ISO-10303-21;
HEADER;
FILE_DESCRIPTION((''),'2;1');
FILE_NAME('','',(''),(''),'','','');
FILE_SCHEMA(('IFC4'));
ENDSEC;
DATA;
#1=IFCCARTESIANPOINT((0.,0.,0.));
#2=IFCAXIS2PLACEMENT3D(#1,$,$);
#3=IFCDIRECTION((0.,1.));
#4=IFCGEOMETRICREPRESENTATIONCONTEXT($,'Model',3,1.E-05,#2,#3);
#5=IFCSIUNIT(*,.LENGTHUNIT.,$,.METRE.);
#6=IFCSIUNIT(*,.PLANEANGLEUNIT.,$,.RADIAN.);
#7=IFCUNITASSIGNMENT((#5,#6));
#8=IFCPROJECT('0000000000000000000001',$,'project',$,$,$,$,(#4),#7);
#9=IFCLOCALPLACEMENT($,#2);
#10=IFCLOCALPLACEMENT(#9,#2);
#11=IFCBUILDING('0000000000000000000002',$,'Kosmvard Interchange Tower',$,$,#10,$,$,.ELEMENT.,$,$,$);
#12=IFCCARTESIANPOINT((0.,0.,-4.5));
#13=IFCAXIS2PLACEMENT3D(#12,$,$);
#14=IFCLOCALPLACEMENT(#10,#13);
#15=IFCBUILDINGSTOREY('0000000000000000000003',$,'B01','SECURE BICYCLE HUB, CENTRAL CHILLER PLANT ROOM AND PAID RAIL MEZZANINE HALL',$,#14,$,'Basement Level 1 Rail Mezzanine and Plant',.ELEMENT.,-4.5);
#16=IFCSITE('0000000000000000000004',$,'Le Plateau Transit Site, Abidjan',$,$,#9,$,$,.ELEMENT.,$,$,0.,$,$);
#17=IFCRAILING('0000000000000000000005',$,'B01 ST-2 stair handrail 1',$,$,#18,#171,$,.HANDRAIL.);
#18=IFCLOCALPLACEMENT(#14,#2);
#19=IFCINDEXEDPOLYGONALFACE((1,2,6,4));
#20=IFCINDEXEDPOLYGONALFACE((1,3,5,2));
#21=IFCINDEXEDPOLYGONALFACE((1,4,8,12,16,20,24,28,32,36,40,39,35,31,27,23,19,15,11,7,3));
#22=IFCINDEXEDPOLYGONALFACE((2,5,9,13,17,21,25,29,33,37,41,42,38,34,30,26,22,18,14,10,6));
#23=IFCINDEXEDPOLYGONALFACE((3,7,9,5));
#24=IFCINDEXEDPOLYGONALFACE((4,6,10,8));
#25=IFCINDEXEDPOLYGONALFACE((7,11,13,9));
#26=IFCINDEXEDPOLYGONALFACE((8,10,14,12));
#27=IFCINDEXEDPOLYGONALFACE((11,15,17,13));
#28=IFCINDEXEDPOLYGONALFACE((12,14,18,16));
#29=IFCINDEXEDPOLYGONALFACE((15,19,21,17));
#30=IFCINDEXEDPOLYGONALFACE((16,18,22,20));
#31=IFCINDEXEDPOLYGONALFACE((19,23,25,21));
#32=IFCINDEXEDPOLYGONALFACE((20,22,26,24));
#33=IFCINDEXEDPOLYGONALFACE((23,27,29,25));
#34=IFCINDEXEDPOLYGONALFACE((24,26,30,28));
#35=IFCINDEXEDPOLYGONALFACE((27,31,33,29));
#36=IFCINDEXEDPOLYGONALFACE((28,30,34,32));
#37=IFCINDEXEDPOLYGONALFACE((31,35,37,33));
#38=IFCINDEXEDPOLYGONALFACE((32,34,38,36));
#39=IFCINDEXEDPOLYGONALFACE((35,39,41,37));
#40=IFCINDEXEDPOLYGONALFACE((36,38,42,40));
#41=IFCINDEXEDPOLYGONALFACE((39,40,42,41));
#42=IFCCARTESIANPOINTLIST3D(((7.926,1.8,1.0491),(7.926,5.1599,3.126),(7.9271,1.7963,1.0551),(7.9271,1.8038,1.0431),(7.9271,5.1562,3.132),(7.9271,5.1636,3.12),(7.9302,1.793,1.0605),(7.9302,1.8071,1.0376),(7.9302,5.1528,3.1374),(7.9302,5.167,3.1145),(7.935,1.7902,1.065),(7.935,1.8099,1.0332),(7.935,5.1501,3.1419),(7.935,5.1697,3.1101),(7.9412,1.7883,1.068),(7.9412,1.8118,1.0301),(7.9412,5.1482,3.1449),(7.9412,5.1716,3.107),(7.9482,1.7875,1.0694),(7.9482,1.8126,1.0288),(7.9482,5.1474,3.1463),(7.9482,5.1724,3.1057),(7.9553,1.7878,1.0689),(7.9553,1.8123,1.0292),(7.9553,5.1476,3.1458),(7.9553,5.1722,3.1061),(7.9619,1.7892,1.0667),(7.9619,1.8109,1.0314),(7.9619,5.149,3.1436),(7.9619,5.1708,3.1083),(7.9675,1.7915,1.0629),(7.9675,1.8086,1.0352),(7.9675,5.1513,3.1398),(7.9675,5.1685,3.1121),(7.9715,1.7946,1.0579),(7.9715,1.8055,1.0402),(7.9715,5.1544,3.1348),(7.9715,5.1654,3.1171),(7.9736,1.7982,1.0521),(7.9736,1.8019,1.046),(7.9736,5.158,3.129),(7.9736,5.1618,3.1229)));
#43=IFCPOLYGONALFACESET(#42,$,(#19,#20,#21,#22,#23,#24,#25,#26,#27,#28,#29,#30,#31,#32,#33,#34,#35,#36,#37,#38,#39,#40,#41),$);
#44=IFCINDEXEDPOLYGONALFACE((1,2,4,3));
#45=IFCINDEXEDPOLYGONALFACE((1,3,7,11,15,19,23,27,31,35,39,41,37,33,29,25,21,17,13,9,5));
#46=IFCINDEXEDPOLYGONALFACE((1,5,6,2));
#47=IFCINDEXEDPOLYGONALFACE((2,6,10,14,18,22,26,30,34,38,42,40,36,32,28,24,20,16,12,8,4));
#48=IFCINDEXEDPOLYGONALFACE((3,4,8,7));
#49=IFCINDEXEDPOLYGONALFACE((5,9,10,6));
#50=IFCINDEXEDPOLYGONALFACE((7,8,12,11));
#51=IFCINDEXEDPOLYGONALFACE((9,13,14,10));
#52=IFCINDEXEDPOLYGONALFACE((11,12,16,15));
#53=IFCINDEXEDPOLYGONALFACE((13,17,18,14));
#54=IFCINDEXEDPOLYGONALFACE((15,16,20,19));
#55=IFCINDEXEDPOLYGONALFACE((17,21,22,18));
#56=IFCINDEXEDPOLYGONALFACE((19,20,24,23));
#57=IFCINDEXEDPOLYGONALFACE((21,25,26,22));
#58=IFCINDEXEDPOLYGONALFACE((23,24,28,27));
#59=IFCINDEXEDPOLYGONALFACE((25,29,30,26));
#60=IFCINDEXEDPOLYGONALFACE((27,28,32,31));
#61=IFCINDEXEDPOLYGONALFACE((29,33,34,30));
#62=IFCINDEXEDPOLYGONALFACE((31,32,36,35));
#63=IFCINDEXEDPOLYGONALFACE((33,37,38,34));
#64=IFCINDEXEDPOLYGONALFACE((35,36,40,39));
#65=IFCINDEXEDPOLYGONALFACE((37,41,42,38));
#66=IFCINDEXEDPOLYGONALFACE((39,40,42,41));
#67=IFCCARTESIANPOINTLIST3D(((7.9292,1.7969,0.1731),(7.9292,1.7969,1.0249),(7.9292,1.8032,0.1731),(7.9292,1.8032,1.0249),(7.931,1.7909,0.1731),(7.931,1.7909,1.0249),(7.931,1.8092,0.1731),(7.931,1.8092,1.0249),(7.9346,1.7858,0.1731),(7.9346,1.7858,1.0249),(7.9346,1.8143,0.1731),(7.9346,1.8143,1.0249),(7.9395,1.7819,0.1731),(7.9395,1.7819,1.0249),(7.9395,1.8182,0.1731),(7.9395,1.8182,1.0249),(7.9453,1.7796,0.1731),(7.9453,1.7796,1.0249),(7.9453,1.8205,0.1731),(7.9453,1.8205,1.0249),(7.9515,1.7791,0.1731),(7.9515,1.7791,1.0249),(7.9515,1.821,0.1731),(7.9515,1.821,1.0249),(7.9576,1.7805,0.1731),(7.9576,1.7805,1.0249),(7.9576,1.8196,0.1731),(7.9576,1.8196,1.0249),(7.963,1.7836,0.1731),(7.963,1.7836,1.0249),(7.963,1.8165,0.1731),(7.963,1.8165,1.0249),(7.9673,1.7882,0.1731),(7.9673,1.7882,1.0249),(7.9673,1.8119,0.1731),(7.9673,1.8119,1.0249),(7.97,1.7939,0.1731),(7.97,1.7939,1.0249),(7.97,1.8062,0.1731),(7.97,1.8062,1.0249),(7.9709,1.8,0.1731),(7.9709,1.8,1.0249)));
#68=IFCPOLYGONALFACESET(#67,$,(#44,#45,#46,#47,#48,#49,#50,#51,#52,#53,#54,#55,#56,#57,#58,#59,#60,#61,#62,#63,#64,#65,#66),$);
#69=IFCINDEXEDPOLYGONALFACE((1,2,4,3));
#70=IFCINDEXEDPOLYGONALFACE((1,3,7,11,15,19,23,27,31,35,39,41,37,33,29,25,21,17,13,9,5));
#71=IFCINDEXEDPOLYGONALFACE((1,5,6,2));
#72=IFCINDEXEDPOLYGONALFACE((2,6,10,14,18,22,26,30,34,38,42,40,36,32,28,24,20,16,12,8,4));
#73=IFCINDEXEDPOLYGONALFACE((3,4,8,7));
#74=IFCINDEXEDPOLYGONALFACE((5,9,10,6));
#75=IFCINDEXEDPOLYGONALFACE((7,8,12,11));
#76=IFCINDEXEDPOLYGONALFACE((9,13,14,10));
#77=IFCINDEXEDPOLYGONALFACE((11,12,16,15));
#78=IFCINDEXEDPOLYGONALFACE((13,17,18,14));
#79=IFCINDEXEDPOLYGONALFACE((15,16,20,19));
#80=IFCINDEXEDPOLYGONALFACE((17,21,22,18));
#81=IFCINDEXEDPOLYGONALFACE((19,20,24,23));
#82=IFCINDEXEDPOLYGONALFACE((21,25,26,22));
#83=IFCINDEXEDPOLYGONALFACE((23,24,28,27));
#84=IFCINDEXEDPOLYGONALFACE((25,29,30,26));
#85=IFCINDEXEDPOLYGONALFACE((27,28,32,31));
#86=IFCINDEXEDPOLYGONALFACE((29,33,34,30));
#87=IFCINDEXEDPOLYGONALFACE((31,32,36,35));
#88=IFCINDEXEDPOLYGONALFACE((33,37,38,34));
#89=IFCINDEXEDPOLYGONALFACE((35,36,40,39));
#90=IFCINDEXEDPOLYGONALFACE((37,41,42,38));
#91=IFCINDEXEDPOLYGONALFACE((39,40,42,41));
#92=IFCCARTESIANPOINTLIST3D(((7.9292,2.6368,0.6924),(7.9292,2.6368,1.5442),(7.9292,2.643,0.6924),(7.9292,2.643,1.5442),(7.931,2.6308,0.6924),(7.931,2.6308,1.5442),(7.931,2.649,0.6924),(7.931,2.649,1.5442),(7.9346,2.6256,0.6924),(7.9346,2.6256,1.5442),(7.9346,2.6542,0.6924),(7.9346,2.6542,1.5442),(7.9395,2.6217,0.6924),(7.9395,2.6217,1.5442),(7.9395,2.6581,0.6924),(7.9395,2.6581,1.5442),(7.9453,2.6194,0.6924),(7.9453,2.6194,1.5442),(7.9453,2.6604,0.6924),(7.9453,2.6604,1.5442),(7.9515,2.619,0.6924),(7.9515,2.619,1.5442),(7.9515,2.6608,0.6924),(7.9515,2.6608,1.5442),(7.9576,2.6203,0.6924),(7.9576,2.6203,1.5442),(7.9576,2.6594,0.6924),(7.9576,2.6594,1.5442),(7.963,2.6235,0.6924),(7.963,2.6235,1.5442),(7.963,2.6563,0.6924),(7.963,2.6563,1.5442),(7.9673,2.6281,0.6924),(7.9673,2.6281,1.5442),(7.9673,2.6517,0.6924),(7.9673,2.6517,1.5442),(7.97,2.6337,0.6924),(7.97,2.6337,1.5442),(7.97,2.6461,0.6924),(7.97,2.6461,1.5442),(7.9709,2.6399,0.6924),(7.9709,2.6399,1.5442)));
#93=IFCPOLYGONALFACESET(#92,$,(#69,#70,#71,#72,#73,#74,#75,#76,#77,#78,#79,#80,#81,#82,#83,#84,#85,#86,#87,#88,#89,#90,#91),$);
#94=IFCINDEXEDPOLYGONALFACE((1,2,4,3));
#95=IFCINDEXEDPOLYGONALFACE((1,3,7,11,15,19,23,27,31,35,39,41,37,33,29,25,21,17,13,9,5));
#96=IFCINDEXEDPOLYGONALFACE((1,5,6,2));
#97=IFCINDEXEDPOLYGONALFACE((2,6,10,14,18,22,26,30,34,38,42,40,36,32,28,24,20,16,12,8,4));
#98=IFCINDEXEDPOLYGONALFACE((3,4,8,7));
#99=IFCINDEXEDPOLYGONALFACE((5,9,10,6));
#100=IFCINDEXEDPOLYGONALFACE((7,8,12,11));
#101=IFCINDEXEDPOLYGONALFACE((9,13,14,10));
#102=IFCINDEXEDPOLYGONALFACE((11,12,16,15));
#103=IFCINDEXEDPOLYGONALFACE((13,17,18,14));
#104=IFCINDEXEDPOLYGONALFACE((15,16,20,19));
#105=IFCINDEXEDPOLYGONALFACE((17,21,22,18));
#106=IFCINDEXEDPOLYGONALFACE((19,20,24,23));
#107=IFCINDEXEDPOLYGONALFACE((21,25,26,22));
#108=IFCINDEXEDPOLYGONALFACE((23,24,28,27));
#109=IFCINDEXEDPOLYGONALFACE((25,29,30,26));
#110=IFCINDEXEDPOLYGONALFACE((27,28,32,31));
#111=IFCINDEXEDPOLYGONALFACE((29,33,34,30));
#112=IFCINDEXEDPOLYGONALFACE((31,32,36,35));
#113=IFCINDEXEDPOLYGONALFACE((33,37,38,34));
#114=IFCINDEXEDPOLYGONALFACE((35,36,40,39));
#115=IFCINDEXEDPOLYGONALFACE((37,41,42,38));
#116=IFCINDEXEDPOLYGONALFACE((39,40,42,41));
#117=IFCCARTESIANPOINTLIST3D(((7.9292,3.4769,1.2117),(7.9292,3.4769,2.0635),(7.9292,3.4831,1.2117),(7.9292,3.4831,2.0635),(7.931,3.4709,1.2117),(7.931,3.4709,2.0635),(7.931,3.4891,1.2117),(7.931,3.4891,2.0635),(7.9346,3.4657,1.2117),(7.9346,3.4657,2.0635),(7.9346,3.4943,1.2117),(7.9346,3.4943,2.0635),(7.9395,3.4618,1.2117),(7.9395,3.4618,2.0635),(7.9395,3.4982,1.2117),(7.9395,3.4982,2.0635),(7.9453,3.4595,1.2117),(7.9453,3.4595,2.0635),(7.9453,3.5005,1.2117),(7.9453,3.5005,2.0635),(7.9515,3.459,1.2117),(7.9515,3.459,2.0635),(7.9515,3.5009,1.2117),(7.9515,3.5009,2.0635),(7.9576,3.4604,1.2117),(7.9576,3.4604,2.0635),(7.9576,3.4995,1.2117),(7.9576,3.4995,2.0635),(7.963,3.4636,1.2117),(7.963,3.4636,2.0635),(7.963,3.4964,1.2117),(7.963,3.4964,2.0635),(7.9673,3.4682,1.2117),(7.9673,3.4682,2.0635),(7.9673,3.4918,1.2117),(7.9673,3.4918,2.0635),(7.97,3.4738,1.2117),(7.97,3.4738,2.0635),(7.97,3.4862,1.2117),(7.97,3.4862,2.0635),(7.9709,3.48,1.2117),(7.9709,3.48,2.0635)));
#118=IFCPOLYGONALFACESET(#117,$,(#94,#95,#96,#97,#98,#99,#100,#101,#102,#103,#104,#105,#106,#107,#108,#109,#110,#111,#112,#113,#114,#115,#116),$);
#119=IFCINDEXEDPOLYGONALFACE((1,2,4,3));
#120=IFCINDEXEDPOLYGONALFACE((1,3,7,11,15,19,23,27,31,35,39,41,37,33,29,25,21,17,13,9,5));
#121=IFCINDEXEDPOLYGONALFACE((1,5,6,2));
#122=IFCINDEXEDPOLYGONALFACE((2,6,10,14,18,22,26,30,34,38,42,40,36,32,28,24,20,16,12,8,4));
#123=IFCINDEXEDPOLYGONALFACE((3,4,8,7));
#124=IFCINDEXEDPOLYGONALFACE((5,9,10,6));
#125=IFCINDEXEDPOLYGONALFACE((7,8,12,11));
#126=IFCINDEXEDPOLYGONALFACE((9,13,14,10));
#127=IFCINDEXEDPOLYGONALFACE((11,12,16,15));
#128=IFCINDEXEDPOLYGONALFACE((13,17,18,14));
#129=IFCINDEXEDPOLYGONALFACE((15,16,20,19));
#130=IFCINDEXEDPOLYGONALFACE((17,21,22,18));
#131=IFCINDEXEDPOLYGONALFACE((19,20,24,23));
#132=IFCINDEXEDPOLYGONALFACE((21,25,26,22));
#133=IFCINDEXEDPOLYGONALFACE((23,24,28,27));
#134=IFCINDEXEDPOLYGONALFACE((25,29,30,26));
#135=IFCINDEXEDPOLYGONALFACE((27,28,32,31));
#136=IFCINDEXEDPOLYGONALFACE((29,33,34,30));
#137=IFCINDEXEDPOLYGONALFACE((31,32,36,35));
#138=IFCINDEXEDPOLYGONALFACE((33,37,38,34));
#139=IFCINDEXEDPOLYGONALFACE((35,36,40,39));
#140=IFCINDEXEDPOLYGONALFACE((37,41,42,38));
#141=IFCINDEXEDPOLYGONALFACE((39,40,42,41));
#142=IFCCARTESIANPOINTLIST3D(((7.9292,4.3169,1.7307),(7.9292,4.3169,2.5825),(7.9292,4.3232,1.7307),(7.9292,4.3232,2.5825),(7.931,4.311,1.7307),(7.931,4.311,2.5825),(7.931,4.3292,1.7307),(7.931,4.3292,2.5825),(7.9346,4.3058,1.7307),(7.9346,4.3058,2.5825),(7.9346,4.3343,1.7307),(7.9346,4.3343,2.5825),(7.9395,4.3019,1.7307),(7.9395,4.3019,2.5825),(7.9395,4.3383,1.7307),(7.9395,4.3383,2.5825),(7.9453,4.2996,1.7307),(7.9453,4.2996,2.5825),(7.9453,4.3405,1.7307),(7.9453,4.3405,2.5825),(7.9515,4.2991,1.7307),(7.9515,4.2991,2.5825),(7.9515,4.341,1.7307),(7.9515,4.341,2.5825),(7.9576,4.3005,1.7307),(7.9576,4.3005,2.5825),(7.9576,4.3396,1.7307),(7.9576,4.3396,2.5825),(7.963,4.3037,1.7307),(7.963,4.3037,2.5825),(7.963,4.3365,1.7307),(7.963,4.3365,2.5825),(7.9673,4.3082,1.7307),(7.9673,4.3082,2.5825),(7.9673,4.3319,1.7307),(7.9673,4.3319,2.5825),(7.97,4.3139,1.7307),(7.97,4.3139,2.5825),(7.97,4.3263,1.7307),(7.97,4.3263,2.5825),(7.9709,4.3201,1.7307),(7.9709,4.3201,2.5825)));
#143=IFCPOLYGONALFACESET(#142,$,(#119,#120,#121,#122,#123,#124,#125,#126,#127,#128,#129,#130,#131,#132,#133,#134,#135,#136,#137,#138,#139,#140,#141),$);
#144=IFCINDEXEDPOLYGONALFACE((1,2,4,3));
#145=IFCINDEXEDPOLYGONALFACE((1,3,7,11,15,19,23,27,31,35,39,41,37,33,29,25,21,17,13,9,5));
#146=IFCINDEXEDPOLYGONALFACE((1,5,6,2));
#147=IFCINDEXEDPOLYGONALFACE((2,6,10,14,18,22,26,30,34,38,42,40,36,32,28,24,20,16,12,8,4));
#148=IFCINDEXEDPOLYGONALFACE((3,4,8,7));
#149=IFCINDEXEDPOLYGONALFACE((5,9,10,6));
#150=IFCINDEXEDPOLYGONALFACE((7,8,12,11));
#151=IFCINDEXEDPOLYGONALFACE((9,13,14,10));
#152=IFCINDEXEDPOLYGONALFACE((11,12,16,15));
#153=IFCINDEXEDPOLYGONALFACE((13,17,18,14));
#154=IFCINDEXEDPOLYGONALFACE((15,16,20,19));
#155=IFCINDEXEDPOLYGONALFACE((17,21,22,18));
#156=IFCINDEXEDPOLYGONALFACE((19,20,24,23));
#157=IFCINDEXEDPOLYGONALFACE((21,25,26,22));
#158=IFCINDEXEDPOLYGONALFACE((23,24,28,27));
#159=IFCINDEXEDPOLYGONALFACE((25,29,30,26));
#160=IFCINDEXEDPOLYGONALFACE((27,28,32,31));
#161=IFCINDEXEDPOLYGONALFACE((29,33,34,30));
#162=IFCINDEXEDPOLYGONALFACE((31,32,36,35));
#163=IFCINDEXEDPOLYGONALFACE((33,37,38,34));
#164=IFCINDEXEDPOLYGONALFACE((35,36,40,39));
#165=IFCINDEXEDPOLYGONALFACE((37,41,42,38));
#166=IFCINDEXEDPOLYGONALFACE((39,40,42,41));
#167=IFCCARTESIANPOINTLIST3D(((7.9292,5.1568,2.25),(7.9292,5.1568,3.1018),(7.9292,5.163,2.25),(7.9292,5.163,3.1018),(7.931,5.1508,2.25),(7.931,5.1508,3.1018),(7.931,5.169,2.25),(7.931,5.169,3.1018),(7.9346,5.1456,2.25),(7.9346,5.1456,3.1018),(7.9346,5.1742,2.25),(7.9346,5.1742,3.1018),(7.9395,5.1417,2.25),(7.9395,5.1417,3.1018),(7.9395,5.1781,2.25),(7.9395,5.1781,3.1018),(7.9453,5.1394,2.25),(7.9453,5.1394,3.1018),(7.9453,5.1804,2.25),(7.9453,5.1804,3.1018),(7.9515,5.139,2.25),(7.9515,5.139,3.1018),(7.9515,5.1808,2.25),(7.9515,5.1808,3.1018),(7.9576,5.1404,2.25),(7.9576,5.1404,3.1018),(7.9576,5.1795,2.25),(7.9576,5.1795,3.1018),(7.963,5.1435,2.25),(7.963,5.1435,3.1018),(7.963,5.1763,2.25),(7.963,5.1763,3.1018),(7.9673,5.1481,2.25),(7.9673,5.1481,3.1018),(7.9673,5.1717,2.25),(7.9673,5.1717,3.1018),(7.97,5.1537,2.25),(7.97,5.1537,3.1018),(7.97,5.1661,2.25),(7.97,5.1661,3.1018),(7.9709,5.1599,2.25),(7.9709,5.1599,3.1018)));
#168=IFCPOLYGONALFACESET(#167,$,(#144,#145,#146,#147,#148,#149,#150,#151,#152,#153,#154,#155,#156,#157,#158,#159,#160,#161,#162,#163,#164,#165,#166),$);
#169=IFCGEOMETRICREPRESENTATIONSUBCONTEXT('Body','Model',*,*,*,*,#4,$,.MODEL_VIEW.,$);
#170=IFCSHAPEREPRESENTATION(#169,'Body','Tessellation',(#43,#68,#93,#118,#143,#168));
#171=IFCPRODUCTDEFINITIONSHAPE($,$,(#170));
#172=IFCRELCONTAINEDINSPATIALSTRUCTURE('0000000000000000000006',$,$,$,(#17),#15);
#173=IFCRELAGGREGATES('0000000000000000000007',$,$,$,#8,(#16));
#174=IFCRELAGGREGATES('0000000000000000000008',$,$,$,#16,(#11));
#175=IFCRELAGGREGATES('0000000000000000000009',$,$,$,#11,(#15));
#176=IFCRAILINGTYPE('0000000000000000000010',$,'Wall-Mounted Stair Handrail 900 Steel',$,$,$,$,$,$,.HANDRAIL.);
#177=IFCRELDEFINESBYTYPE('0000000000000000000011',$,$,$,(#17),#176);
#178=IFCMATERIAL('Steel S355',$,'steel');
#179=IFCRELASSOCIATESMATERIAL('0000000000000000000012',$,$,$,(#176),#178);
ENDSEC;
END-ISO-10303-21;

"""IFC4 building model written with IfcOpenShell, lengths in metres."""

from ifc_helpers import new_model, si_unit, direction, frame, origin, origin_2d, place, context, subcontext, project, spatial, circle, extrude, source, transform, mapped, material, type_object, element, save


model = new_model("IFC4")

# Units and contexts
model_context = context("Model", 3, precision=1e-05, world=origin(), true_north=direction((0.0, 1.0)))
body_context = subcontext(model_context, "Body", "Model", "MODEL_VIEW")
ifc_project = project(units=[si_unit("LENGTHUNIT", "METRE"), si_unit("PLANEANGLEUNIT", "RADIAN")], contexts=[model_context])

# Site, building, storey
site_placement = place(None, origin())
site = spatial("IfcSite", under=ifc_project, at=site_placement, Name="Le Plateau Transit Site, Abidjan", CompositionType="ELEMENT", RefElevation=0.0)
building_placement = place(site_placement, origin())
building = spatial("IfcBuilding", under=site, at=building_placement, Name="Kosmvard Interchange Tower", CompositionType="ELEMENT")
storey_placement = place(building_placement, frame((0.0, 0.0, -4.5)))
storey = spatial("IfcBuildingStorey", under=building, at=storey_placement, Name="B01", Description="SECURE BICYCLE HUB, CENTRAL CHILLER PLANT ROOM AND PAID RAIL MEZZANINE HALL", LongName="Basement Level 1 Rail Mezzanine and Plant", CompositionType="ELEMENT", Elevation=-4.5)

# Shared definitions
ifc_material_1 = material(Name="Steel S355", Category="steel")

# Railing
railing_type_1 = type_object("IfcRailingType", Name="Wall-Mounted Stair Handrail 900 Steel", PredefinedType="HANDRAIL", material=ifc_material_1)
shared_shape_1 = source(origin(), body_context, "Body", "SweptSolid", [
    extrude(circle(Radius=0.0239, at=origin_2d()), frame((0.0, 0.0, 0.876), z_axis=(0.0, 0.850606, 0.525803), x_axis=(-1.0, 0.0, 0.0)), (0.0, 0.0, 1.0), 3.95),
    extrude(circle(Radius=0.021, at=origin_2d()), origin(), (0.0, 0.0, 1.0), 0.8518),
    extrude(circle(Radius=0.021, at=origin_2d()), frame((0.0, 0.8398, 0.5193)), (0.0, 0.0, 1.0), 0.8518),
    extrude(circle(Radius=0.021, at=origin_2d()), frame((0.0, 1.6799, 1.0386)), (0.0, 0.0, 1.0), 0.8518),
    extrude(circle(Radius=0.021, at=origin_2d()), frame((0.0, 2.52, 1.5576)), (0.0, 0.0, 1.0), 0.8518),
    extrude(circle(Radius=0.021, at=origin_2d()), frame((0.0, 3.3599, 2.0769)), (0.0, 0.0, 1.0), 0.8518),
])
railing_1_placement = place(storey_placement, frame((7.95, 1.8, 0.1731)))
element("IfcRailing", 1, at=railing_1_placement, inside=storey, type_object=railing_type_1, Name="B01 ST-2 stair handrail 1", PredefinedType="HANDRAIL", context=body_context, shape_type="MappedRepresentation", body=[
    mapped(shared_shape_1, transform((0.0, 0.0, 0.0), scale=1.0)),
])

save(model, "model.ifc")
